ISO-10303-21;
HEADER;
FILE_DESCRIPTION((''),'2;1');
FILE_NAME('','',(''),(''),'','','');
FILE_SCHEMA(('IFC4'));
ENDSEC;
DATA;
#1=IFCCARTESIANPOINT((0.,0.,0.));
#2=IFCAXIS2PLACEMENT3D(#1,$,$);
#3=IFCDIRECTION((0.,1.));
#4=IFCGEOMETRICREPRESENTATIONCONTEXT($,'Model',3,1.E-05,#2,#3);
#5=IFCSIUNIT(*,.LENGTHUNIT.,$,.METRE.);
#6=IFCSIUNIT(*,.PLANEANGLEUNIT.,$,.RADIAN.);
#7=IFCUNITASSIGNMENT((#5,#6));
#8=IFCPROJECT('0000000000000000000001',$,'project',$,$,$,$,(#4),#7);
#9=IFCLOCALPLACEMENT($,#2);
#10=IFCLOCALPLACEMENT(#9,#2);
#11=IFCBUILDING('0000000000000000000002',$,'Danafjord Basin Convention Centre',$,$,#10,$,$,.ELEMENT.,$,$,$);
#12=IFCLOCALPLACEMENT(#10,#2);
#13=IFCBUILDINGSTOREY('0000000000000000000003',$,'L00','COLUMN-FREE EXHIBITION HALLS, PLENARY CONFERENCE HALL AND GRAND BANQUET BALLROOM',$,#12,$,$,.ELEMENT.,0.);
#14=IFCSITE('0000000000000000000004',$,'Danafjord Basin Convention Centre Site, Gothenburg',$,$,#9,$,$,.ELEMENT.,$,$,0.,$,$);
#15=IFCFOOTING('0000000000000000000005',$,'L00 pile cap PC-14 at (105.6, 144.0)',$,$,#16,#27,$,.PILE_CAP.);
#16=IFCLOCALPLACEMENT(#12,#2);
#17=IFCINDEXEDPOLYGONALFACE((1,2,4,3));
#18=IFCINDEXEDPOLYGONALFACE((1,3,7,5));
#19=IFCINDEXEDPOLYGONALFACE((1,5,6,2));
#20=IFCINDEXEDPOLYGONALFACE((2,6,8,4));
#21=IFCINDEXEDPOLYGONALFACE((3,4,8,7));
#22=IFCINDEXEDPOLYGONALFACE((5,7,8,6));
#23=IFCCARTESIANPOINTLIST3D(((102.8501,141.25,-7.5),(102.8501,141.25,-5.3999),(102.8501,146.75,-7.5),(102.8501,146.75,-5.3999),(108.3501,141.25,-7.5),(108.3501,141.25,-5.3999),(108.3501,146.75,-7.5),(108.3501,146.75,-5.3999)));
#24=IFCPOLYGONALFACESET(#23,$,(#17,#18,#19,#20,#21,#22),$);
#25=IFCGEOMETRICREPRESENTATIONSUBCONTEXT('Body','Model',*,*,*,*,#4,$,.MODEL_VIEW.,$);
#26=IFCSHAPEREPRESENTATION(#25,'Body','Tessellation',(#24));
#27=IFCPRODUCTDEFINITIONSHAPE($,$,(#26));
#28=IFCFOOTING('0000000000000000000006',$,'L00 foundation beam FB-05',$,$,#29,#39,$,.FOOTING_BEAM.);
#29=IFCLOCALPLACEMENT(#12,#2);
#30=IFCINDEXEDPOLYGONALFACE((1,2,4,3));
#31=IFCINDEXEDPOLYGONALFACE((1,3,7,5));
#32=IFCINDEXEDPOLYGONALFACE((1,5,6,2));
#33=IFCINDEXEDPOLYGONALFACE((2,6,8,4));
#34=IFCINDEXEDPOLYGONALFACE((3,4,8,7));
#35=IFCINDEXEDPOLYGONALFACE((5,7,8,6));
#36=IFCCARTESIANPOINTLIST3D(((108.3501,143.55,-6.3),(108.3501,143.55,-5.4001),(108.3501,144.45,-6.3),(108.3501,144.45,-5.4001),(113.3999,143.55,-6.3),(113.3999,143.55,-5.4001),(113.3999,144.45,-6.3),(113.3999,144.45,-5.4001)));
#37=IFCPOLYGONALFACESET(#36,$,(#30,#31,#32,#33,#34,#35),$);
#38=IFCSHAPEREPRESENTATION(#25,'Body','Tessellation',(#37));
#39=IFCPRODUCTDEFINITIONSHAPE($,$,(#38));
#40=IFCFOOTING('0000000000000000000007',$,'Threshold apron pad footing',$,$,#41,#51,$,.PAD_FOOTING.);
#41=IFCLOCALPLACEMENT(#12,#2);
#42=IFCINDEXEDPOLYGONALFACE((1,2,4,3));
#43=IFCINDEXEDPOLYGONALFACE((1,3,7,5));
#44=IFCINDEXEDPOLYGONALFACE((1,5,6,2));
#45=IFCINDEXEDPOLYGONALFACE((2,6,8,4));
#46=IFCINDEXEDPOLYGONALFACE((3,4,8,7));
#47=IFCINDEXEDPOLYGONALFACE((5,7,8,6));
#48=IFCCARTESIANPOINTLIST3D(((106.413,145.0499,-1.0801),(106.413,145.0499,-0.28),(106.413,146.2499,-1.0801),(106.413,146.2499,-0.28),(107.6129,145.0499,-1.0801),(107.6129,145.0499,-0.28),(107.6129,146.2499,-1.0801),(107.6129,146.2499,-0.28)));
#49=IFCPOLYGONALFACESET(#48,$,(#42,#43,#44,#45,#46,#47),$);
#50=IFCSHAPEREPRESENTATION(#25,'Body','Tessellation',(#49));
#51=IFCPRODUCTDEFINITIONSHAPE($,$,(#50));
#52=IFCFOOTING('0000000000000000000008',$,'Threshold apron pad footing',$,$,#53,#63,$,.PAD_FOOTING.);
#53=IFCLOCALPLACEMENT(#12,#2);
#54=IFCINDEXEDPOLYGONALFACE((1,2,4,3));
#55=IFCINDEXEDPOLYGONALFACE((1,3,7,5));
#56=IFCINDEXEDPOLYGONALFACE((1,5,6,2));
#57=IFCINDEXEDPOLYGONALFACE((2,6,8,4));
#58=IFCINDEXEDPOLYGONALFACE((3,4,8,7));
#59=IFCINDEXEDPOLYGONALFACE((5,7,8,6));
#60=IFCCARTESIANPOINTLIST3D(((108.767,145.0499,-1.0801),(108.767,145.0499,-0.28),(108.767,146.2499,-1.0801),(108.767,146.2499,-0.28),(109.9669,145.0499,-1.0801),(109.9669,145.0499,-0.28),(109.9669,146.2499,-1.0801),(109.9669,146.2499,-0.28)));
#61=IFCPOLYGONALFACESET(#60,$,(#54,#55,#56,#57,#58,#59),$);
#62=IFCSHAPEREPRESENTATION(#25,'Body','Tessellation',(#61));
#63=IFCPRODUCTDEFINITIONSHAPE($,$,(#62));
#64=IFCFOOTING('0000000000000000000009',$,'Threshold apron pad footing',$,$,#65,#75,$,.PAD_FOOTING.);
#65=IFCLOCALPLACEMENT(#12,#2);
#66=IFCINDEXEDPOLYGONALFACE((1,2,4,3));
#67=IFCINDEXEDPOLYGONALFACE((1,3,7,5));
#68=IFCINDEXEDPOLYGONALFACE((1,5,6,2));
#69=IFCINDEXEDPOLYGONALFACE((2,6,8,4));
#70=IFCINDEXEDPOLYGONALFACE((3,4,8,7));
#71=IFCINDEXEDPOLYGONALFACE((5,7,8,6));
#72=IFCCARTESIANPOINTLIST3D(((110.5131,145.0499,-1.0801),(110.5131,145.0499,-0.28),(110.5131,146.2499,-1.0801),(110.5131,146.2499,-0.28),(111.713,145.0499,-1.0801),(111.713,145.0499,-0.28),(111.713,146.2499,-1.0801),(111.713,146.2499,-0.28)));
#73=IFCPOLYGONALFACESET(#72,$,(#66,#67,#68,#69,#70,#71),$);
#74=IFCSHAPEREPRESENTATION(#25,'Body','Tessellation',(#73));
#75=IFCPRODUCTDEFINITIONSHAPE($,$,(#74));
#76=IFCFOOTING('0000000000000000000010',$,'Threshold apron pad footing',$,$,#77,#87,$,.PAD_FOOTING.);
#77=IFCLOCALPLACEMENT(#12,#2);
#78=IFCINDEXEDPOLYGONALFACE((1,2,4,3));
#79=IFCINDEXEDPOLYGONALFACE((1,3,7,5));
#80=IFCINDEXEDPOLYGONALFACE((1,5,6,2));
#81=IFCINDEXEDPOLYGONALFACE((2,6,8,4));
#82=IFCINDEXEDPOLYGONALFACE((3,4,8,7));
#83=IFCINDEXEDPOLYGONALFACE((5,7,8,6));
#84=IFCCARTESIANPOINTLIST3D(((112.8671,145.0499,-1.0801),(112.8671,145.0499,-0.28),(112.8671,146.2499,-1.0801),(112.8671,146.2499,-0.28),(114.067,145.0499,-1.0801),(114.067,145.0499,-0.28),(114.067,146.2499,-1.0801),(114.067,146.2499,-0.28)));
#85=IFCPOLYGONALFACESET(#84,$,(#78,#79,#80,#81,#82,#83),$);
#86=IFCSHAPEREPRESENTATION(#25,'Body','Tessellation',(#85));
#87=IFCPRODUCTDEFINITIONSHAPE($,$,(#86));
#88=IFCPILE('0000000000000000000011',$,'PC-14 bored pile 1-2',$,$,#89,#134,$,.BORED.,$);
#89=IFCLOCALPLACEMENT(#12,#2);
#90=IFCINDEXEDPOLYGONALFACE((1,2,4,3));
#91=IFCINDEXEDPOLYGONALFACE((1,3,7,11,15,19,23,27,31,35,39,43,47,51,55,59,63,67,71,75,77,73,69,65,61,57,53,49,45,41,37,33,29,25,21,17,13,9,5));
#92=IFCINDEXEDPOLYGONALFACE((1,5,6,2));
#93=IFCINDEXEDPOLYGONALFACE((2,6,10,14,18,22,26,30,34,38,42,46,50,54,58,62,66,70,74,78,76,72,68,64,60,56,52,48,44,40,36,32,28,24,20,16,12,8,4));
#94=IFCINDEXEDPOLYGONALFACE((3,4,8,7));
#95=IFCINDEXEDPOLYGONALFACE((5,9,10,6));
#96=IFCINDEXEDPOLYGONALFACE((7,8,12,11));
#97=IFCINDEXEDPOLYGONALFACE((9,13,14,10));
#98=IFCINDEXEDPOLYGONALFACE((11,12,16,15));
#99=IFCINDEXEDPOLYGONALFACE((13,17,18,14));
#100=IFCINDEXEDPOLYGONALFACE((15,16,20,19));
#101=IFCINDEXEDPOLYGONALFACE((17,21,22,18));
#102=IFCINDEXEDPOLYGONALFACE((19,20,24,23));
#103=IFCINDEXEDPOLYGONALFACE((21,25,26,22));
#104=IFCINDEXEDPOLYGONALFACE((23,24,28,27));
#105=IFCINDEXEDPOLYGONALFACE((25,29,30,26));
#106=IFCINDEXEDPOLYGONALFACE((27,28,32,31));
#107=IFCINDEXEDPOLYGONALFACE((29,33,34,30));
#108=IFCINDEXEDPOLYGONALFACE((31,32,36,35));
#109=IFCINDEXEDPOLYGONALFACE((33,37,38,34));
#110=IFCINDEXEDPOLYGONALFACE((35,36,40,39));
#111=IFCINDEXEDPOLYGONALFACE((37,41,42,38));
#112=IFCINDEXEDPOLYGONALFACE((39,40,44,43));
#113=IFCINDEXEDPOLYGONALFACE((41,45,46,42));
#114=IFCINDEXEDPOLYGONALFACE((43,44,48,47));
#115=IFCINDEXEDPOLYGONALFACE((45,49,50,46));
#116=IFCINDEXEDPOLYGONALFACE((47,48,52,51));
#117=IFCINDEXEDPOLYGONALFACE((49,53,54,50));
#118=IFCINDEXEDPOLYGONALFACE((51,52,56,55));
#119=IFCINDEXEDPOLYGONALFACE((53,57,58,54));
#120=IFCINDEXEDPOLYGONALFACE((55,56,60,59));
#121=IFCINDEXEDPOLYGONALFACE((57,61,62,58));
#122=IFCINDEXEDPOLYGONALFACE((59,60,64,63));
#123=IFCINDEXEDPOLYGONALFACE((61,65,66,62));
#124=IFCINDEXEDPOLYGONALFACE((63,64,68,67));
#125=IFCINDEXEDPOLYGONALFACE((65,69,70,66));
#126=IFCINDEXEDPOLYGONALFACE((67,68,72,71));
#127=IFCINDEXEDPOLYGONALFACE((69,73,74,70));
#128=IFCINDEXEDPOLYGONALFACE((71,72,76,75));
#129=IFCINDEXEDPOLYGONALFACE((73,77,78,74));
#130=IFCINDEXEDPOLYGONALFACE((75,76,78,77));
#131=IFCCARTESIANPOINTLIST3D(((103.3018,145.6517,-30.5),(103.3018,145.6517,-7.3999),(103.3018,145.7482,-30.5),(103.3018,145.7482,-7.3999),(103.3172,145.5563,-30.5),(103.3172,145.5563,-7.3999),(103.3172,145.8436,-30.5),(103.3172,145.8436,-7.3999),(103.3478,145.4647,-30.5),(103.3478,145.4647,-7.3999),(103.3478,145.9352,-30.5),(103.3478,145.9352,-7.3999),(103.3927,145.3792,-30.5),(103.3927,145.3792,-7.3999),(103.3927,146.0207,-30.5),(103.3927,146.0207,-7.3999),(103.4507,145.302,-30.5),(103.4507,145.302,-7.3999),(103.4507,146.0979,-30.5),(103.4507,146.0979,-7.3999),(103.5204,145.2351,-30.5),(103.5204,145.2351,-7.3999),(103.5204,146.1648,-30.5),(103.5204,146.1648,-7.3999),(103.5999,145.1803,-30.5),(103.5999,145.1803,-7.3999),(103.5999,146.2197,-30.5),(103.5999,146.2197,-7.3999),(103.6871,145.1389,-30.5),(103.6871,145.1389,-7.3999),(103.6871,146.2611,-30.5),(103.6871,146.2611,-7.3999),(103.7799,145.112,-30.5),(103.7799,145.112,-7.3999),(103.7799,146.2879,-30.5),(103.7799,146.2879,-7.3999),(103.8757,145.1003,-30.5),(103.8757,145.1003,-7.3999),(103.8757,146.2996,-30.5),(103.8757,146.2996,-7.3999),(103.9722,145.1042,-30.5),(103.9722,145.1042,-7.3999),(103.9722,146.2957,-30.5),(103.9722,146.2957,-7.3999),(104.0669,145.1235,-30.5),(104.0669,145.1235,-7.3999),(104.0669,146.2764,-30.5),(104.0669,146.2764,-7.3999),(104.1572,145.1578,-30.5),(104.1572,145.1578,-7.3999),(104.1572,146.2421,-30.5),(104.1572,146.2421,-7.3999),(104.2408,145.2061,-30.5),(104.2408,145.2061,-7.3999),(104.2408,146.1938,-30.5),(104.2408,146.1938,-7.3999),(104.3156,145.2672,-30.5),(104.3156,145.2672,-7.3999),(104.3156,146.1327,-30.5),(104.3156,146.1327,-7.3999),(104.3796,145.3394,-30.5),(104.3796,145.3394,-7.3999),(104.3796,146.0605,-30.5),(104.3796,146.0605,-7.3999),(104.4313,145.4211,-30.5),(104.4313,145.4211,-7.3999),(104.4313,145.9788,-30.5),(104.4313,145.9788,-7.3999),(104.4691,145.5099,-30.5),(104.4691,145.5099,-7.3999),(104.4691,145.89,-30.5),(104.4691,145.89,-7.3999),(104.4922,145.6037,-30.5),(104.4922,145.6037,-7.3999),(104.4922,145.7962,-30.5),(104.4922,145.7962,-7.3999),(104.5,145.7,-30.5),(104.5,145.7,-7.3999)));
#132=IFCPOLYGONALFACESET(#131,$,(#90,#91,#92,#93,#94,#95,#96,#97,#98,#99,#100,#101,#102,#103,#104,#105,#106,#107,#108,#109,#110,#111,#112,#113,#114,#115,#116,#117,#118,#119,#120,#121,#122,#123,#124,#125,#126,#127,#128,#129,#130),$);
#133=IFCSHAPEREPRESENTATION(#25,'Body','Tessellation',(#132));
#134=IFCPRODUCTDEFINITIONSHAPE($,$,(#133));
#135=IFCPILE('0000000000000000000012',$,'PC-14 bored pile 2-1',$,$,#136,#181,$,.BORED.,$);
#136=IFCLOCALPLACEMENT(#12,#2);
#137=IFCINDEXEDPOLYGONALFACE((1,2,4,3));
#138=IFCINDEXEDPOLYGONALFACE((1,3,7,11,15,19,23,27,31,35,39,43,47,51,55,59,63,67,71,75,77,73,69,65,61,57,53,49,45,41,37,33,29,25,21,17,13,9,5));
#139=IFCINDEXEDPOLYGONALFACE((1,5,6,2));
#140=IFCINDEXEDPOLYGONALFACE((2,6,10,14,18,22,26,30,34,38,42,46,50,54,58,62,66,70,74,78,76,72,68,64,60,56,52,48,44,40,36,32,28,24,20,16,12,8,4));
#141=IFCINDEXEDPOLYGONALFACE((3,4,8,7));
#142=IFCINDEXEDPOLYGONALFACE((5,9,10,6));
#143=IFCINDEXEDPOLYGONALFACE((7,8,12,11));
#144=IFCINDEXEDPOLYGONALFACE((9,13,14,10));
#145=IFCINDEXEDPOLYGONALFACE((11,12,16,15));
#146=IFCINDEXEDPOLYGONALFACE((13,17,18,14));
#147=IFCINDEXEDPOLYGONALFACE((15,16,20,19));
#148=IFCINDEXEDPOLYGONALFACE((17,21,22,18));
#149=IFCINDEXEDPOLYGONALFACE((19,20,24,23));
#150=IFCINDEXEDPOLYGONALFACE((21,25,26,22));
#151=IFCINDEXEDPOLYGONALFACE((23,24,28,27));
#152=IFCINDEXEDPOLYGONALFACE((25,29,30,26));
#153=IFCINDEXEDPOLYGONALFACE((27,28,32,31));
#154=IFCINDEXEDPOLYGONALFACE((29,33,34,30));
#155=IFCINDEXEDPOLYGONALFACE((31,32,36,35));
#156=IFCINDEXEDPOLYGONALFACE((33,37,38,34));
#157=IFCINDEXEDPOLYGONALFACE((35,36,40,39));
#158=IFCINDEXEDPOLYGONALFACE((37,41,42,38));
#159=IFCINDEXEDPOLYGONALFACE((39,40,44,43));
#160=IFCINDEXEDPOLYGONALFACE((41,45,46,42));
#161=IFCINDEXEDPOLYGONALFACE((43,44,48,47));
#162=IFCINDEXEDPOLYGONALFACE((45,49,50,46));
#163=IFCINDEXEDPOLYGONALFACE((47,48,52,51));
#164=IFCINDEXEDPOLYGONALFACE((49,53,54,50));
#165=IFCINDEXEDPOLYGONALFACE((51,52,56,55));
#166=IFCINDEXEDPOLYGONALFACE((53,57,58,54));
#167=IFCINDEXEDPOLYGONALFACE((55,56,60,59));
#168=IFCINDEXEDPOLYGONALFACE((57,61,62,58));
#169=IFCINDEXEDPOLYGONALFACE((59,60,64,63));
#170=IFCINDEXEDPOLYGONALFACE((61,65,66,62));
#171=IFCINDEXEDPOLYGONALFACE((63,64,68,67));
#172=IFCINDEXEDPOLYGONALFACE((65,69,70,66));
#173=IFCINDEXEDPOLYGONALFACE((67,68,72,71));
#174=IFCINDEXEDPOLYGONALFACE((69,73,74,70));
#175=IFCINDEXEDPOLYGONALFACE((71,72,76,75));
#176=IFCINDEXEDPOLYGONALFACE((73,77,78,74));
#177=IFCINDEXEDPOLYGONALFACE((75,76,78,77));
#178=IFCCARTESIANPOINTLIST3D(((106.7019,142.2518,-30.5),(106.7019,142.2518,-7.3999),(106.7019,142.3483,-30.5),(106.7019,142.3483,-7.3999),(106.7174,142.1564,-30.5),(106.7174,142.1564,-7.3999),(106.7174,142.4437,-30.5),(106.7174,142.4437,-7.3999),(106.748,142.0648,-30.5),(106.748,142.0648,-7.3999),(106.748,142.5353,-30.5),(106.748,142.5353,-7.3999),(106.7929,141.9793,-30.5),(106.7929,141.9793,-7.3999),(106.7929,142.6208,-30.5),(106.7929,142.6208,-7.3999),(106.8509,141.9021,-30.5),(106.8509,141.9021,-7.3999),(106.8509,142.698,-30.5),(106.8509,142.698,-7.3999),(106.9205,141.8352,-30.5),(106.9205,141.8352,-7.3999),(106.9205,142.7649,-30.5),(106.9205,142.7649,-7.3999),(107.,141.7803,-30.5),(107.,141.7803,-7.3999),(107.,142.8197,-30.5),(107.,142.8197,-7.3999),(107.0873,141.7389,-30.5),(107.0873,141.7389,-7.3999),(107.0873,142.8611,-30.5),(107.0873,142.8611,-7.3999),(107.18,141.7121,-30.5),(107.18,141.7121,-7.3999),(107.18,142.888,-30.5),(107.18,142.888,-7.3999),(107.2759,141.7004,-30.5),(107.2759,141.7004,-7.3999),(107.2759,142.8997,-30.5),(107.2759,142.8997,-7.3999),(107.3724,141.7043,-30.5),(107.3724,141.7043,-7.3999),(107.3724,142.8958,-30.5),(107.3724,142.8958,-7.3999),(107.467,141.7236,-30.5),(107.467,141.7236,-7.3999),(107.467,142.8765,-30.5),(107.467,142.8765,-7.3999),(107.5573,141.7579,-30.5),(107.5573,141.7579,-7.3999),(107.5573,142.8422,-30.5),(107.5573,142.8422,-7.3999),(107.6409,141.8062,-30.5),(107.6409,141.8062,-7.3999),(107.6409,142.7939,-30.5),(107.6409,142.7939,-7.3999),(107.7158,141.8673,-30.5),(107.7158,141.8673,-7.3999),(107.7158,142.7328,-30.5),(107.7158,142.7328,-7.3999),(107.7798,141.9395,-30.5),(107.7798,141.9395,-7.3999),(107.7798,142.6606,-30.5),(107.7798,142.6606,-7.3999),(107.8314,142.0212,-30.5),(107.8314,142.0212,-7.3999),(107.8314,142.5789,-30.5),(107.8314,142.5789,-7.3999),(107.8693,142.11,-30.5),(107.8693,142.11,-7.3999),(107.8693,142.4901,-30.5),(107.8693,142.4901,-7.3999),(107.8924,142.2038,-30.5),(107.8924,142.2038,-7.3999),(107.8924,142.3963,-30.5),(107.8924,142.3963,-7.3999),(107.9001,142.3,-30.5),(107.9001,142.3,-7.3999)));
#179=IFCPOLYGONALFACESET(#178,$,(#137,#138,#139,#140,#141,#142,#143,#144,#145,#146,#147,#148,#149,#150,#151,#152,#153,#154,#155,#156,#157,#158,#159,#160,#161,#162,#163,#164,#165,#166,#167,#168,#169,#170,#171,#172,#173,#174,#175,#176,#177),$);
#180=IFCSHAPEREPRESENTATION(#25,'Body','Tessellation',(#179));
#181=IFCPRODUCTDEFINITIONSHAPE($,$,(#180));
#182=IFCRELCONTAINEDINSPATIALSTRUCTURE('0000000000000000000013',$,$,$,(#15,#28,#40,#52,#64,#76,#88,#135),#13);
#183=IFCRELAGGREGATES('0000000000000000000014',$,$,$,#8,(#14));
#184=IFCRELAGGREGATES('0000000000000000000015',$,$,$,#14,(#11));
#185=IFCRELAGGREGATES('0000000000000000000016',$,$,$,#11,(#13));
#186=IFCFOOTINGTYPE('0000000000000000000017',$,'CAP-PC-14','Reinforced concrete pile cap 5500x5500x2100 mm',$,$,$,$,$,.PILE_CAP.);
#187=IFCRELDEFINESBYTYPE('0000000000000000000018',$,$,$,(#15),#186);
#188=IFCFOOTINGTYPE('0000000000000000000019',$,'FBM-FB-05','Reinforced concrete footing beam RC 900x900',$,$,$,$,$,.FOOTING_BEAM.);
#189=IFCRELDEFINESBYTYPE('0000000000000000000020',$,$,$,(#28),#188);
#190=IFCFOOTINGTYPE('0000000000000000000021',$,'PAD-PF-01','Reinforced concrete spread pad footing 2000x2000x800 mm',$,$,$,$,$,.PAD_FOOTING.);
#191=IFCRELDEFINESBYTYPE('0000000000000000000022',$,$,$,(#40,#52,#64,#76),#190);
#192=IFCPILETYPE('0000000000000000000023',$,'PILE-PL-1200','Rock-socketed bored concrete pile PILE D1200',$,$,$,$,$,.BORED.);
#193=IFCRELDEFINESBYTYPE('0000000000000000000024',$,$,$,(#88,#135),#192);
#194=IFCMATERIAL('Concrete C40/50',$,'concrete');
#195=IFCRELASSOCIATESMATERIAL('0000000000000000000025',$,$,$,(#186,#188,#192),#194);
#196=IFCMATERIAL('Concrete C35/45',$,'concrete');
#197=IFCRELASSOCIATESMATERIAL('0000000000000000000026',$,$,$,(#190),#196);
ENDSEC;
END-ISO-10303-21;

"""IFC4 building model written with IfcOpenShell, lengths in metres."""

from ifc_helpers import new_model, si_unit, direction, frame, origin, origin_2d, place, context, subcontext, project, spatial, rectangle, circle, extrude, material, material_profile, profile_set, type_object, element, save


model = new_model("IFC4")

# Units and contexts
model_context = context("Model", 3, precision=1e-05, world=origin(), true_north=direction((0.0, 1.0)))
body_context = subcontext(model_context, "Body", "Model", "MODEL_VIEW")
ifc_project = project(units=[si_unit("LENGTHUNIT", "METRE"), si_unit("PLANEANGLEUNIT", "RADIAN")], contexts=[model_context])

# Site, building, storey
site_placement = place(None, origin())
site = spatial("IfcSite", under=ifc_project, at=site_placement, Name="Danafjord Basin Convention Centre Site, Gothenburg", CompositionType="ELEMENT", RefElevation=0.0)
building_placement = place(site_placement, origin())
building = spatial("IfcBuilding", under=site, at=building_placement, Name="Danafjord Basin Convention Centre", CompositionType="ELEMENT")
storey_placement = place(building_placement, origin())
storey = spatial("IfcBuildingStorey", under=building, at=storey_placement, Name="L00", Description="COLUMN-FREE EXHIBITION HALLS, PLENARY CONFERENCE HALL AND GRAND BANQUET BALLROOM", CompositionType="ELEMENT", Elevation=0.0)

# Footings
ifc_material_1 = material(Name="Concrete C40/50", Category="concrete")
footing_type_1 = type_object("IfcFootingType", Name="CAP-PC-14", Description="Reinforced concrete pile cap 5500x5500x2100 mm", PredefinedType="PILE_CAP", material=ifc_material_1)
footing_1_placement = place(storey_placement, frame((105.6001, 144.0, -7.5), z_axis=(0.0, 0.0, 1.0), x_axis=(1.0, 0.0, 0.0)))
element("IfcFooting", 1, at=footing_1_placement, inside=storey, type_object=footing_type_1, Name="L00 pile cap PC-14 at (105.6, 144.0)", PredefinedType="PILE_CAP", context=body_context, shape_type="SweptSolid", body=[
    extrude(rectangle(XDim=5.5, YDim=5.5, at=origin_2d()), origin(), (0.0, 0.0, 1.0), 2.1001),
])
ifc_material_profile_1 = material_profile(ifc_material_1, rectangle(XDim=0.8999, YDim=0.8999, at=origin_2d()), Name="RC 900x900")
ifc_profile_set_1 = profile_set([ifc_material_profile_1], Name="Concrete C40/50")
footing_type_2 = type_object("IfcFootingType", Name="FBM-FB-05", Description="Reinforced concrete footing beam RC 900x900", PredefinedType="FOOTING_BEAM", material=ifc_profile_set_1)
footing_2_placement = place(storey_placement, frame((108.3501, 144.0, -5.8501), z_axis=(1.0, 0.0, 0.0), x_axis=(0.0, 1.0, 0.0)))
element("IfcFooting", 2, at=footing_2_placement, inside=storey, type_object=footing_type_2, Name="L00 foundation beam FB-05", PredefinedType="FOOTING_BEAM", context=body_context, shape_type="SweptSolid", body=[
    extrude(rectangle(XDim=0.8999, YDim=0.8999, at=origin_2d()), origin(), (0.0, 0.0, 1.0), 5.0498),
])
ifc_material_2 = material(Name="Concrete C35/45", Category="concrete")
footing_type_3 = type_object("IfcFootingType", Name="PAD-PF-01", Description="Reinforced concrete spread pad footing 2000x2000x800 mm", PredefinedType="PAD_FOOTING", material=ifc_material_2)
for number, where, z_axis, x_axis, name in (
    (3, (107.0129, 145.6499, -1.0801), (0.0, 0.0, 1.0), (1.0, 0.0, 0.0), "Threshold apron pad footing"),
    (4, (109.3669, 145.6499, -1.0801), (0.0, 0.0, 1.0), (1.0, 0.0, 0.0), "Threshold apron pad footing"),
    (5, (111.113, 145.6499, -1.0801), (0.0, 0.0, 1.0), (1.0, 0.0, 0.0), "Threshold apron pad footing"),
    (6, (113.467, 145.6499, -1.0801), (0.0, 0.0, 1.0), (1.0, 0.0, 0.0), "Threshold apron pad footing"),
):
    element("IfcFooting", number, at=place(storey_placement, frame(where, z_axis=z_axis, x_axis=x_axis)), inside=storey, type_object=footing_type_3, Name=name, PredefinedType="PAD_FOOTING", context=body_context, shape_type="SweptSolid", body=[
        extrude(rectangle(XDim=1.2, YDim=1.2, at=origin_2d()), origin(), (0.0, 0.0, 1.0), 0.8),
    ])

# Piles
ifc_material_profile_2 = material_profile(ifc_material_1, circle(Radius=0.6001, at=origin_2d()), Name="PILE D1200")
ifc_profile_set_2 = profile_set([ifc_material_profile_2], Name="Concrete C40/50")
pile_type_1 = type_object("IfcPileType", Name="PILE-PL-1200", Description="Rock-socketed bored concrete pile PILE D1200", PredefinedType="BORED", material=ifc_profile_set_2)
for number, where, z_axis, x_axis, name in (
    (7, (103.8999, 145.7, -7.3999), (0.0, 0.0, -1.0), (1.0, 0.0, 0.0), "PC-14 bored pile 1-2"),
    (8, (107.3, 142.3, -7.3999), (0.0, 0.0, -1.0), (1.0, 0.0, 0.0), "PC-14 bored pile 2-1"),
):
    element("IfcPile", number, at=place(storey_placement, frame(where, z_axis=z_axis, x_axis=x_axis)), inside=storey, type_object=pile_type_1, Name=name, PredefinedType="BORED", context=body_context, shape_type="SweptSolid", body=[
        extrude(circle(Radius=0.6001, at=origin_2d()), origin(), (0.0, 0.0, 1.0), 23.1001),
    ])

save(model, "model.ifc")
